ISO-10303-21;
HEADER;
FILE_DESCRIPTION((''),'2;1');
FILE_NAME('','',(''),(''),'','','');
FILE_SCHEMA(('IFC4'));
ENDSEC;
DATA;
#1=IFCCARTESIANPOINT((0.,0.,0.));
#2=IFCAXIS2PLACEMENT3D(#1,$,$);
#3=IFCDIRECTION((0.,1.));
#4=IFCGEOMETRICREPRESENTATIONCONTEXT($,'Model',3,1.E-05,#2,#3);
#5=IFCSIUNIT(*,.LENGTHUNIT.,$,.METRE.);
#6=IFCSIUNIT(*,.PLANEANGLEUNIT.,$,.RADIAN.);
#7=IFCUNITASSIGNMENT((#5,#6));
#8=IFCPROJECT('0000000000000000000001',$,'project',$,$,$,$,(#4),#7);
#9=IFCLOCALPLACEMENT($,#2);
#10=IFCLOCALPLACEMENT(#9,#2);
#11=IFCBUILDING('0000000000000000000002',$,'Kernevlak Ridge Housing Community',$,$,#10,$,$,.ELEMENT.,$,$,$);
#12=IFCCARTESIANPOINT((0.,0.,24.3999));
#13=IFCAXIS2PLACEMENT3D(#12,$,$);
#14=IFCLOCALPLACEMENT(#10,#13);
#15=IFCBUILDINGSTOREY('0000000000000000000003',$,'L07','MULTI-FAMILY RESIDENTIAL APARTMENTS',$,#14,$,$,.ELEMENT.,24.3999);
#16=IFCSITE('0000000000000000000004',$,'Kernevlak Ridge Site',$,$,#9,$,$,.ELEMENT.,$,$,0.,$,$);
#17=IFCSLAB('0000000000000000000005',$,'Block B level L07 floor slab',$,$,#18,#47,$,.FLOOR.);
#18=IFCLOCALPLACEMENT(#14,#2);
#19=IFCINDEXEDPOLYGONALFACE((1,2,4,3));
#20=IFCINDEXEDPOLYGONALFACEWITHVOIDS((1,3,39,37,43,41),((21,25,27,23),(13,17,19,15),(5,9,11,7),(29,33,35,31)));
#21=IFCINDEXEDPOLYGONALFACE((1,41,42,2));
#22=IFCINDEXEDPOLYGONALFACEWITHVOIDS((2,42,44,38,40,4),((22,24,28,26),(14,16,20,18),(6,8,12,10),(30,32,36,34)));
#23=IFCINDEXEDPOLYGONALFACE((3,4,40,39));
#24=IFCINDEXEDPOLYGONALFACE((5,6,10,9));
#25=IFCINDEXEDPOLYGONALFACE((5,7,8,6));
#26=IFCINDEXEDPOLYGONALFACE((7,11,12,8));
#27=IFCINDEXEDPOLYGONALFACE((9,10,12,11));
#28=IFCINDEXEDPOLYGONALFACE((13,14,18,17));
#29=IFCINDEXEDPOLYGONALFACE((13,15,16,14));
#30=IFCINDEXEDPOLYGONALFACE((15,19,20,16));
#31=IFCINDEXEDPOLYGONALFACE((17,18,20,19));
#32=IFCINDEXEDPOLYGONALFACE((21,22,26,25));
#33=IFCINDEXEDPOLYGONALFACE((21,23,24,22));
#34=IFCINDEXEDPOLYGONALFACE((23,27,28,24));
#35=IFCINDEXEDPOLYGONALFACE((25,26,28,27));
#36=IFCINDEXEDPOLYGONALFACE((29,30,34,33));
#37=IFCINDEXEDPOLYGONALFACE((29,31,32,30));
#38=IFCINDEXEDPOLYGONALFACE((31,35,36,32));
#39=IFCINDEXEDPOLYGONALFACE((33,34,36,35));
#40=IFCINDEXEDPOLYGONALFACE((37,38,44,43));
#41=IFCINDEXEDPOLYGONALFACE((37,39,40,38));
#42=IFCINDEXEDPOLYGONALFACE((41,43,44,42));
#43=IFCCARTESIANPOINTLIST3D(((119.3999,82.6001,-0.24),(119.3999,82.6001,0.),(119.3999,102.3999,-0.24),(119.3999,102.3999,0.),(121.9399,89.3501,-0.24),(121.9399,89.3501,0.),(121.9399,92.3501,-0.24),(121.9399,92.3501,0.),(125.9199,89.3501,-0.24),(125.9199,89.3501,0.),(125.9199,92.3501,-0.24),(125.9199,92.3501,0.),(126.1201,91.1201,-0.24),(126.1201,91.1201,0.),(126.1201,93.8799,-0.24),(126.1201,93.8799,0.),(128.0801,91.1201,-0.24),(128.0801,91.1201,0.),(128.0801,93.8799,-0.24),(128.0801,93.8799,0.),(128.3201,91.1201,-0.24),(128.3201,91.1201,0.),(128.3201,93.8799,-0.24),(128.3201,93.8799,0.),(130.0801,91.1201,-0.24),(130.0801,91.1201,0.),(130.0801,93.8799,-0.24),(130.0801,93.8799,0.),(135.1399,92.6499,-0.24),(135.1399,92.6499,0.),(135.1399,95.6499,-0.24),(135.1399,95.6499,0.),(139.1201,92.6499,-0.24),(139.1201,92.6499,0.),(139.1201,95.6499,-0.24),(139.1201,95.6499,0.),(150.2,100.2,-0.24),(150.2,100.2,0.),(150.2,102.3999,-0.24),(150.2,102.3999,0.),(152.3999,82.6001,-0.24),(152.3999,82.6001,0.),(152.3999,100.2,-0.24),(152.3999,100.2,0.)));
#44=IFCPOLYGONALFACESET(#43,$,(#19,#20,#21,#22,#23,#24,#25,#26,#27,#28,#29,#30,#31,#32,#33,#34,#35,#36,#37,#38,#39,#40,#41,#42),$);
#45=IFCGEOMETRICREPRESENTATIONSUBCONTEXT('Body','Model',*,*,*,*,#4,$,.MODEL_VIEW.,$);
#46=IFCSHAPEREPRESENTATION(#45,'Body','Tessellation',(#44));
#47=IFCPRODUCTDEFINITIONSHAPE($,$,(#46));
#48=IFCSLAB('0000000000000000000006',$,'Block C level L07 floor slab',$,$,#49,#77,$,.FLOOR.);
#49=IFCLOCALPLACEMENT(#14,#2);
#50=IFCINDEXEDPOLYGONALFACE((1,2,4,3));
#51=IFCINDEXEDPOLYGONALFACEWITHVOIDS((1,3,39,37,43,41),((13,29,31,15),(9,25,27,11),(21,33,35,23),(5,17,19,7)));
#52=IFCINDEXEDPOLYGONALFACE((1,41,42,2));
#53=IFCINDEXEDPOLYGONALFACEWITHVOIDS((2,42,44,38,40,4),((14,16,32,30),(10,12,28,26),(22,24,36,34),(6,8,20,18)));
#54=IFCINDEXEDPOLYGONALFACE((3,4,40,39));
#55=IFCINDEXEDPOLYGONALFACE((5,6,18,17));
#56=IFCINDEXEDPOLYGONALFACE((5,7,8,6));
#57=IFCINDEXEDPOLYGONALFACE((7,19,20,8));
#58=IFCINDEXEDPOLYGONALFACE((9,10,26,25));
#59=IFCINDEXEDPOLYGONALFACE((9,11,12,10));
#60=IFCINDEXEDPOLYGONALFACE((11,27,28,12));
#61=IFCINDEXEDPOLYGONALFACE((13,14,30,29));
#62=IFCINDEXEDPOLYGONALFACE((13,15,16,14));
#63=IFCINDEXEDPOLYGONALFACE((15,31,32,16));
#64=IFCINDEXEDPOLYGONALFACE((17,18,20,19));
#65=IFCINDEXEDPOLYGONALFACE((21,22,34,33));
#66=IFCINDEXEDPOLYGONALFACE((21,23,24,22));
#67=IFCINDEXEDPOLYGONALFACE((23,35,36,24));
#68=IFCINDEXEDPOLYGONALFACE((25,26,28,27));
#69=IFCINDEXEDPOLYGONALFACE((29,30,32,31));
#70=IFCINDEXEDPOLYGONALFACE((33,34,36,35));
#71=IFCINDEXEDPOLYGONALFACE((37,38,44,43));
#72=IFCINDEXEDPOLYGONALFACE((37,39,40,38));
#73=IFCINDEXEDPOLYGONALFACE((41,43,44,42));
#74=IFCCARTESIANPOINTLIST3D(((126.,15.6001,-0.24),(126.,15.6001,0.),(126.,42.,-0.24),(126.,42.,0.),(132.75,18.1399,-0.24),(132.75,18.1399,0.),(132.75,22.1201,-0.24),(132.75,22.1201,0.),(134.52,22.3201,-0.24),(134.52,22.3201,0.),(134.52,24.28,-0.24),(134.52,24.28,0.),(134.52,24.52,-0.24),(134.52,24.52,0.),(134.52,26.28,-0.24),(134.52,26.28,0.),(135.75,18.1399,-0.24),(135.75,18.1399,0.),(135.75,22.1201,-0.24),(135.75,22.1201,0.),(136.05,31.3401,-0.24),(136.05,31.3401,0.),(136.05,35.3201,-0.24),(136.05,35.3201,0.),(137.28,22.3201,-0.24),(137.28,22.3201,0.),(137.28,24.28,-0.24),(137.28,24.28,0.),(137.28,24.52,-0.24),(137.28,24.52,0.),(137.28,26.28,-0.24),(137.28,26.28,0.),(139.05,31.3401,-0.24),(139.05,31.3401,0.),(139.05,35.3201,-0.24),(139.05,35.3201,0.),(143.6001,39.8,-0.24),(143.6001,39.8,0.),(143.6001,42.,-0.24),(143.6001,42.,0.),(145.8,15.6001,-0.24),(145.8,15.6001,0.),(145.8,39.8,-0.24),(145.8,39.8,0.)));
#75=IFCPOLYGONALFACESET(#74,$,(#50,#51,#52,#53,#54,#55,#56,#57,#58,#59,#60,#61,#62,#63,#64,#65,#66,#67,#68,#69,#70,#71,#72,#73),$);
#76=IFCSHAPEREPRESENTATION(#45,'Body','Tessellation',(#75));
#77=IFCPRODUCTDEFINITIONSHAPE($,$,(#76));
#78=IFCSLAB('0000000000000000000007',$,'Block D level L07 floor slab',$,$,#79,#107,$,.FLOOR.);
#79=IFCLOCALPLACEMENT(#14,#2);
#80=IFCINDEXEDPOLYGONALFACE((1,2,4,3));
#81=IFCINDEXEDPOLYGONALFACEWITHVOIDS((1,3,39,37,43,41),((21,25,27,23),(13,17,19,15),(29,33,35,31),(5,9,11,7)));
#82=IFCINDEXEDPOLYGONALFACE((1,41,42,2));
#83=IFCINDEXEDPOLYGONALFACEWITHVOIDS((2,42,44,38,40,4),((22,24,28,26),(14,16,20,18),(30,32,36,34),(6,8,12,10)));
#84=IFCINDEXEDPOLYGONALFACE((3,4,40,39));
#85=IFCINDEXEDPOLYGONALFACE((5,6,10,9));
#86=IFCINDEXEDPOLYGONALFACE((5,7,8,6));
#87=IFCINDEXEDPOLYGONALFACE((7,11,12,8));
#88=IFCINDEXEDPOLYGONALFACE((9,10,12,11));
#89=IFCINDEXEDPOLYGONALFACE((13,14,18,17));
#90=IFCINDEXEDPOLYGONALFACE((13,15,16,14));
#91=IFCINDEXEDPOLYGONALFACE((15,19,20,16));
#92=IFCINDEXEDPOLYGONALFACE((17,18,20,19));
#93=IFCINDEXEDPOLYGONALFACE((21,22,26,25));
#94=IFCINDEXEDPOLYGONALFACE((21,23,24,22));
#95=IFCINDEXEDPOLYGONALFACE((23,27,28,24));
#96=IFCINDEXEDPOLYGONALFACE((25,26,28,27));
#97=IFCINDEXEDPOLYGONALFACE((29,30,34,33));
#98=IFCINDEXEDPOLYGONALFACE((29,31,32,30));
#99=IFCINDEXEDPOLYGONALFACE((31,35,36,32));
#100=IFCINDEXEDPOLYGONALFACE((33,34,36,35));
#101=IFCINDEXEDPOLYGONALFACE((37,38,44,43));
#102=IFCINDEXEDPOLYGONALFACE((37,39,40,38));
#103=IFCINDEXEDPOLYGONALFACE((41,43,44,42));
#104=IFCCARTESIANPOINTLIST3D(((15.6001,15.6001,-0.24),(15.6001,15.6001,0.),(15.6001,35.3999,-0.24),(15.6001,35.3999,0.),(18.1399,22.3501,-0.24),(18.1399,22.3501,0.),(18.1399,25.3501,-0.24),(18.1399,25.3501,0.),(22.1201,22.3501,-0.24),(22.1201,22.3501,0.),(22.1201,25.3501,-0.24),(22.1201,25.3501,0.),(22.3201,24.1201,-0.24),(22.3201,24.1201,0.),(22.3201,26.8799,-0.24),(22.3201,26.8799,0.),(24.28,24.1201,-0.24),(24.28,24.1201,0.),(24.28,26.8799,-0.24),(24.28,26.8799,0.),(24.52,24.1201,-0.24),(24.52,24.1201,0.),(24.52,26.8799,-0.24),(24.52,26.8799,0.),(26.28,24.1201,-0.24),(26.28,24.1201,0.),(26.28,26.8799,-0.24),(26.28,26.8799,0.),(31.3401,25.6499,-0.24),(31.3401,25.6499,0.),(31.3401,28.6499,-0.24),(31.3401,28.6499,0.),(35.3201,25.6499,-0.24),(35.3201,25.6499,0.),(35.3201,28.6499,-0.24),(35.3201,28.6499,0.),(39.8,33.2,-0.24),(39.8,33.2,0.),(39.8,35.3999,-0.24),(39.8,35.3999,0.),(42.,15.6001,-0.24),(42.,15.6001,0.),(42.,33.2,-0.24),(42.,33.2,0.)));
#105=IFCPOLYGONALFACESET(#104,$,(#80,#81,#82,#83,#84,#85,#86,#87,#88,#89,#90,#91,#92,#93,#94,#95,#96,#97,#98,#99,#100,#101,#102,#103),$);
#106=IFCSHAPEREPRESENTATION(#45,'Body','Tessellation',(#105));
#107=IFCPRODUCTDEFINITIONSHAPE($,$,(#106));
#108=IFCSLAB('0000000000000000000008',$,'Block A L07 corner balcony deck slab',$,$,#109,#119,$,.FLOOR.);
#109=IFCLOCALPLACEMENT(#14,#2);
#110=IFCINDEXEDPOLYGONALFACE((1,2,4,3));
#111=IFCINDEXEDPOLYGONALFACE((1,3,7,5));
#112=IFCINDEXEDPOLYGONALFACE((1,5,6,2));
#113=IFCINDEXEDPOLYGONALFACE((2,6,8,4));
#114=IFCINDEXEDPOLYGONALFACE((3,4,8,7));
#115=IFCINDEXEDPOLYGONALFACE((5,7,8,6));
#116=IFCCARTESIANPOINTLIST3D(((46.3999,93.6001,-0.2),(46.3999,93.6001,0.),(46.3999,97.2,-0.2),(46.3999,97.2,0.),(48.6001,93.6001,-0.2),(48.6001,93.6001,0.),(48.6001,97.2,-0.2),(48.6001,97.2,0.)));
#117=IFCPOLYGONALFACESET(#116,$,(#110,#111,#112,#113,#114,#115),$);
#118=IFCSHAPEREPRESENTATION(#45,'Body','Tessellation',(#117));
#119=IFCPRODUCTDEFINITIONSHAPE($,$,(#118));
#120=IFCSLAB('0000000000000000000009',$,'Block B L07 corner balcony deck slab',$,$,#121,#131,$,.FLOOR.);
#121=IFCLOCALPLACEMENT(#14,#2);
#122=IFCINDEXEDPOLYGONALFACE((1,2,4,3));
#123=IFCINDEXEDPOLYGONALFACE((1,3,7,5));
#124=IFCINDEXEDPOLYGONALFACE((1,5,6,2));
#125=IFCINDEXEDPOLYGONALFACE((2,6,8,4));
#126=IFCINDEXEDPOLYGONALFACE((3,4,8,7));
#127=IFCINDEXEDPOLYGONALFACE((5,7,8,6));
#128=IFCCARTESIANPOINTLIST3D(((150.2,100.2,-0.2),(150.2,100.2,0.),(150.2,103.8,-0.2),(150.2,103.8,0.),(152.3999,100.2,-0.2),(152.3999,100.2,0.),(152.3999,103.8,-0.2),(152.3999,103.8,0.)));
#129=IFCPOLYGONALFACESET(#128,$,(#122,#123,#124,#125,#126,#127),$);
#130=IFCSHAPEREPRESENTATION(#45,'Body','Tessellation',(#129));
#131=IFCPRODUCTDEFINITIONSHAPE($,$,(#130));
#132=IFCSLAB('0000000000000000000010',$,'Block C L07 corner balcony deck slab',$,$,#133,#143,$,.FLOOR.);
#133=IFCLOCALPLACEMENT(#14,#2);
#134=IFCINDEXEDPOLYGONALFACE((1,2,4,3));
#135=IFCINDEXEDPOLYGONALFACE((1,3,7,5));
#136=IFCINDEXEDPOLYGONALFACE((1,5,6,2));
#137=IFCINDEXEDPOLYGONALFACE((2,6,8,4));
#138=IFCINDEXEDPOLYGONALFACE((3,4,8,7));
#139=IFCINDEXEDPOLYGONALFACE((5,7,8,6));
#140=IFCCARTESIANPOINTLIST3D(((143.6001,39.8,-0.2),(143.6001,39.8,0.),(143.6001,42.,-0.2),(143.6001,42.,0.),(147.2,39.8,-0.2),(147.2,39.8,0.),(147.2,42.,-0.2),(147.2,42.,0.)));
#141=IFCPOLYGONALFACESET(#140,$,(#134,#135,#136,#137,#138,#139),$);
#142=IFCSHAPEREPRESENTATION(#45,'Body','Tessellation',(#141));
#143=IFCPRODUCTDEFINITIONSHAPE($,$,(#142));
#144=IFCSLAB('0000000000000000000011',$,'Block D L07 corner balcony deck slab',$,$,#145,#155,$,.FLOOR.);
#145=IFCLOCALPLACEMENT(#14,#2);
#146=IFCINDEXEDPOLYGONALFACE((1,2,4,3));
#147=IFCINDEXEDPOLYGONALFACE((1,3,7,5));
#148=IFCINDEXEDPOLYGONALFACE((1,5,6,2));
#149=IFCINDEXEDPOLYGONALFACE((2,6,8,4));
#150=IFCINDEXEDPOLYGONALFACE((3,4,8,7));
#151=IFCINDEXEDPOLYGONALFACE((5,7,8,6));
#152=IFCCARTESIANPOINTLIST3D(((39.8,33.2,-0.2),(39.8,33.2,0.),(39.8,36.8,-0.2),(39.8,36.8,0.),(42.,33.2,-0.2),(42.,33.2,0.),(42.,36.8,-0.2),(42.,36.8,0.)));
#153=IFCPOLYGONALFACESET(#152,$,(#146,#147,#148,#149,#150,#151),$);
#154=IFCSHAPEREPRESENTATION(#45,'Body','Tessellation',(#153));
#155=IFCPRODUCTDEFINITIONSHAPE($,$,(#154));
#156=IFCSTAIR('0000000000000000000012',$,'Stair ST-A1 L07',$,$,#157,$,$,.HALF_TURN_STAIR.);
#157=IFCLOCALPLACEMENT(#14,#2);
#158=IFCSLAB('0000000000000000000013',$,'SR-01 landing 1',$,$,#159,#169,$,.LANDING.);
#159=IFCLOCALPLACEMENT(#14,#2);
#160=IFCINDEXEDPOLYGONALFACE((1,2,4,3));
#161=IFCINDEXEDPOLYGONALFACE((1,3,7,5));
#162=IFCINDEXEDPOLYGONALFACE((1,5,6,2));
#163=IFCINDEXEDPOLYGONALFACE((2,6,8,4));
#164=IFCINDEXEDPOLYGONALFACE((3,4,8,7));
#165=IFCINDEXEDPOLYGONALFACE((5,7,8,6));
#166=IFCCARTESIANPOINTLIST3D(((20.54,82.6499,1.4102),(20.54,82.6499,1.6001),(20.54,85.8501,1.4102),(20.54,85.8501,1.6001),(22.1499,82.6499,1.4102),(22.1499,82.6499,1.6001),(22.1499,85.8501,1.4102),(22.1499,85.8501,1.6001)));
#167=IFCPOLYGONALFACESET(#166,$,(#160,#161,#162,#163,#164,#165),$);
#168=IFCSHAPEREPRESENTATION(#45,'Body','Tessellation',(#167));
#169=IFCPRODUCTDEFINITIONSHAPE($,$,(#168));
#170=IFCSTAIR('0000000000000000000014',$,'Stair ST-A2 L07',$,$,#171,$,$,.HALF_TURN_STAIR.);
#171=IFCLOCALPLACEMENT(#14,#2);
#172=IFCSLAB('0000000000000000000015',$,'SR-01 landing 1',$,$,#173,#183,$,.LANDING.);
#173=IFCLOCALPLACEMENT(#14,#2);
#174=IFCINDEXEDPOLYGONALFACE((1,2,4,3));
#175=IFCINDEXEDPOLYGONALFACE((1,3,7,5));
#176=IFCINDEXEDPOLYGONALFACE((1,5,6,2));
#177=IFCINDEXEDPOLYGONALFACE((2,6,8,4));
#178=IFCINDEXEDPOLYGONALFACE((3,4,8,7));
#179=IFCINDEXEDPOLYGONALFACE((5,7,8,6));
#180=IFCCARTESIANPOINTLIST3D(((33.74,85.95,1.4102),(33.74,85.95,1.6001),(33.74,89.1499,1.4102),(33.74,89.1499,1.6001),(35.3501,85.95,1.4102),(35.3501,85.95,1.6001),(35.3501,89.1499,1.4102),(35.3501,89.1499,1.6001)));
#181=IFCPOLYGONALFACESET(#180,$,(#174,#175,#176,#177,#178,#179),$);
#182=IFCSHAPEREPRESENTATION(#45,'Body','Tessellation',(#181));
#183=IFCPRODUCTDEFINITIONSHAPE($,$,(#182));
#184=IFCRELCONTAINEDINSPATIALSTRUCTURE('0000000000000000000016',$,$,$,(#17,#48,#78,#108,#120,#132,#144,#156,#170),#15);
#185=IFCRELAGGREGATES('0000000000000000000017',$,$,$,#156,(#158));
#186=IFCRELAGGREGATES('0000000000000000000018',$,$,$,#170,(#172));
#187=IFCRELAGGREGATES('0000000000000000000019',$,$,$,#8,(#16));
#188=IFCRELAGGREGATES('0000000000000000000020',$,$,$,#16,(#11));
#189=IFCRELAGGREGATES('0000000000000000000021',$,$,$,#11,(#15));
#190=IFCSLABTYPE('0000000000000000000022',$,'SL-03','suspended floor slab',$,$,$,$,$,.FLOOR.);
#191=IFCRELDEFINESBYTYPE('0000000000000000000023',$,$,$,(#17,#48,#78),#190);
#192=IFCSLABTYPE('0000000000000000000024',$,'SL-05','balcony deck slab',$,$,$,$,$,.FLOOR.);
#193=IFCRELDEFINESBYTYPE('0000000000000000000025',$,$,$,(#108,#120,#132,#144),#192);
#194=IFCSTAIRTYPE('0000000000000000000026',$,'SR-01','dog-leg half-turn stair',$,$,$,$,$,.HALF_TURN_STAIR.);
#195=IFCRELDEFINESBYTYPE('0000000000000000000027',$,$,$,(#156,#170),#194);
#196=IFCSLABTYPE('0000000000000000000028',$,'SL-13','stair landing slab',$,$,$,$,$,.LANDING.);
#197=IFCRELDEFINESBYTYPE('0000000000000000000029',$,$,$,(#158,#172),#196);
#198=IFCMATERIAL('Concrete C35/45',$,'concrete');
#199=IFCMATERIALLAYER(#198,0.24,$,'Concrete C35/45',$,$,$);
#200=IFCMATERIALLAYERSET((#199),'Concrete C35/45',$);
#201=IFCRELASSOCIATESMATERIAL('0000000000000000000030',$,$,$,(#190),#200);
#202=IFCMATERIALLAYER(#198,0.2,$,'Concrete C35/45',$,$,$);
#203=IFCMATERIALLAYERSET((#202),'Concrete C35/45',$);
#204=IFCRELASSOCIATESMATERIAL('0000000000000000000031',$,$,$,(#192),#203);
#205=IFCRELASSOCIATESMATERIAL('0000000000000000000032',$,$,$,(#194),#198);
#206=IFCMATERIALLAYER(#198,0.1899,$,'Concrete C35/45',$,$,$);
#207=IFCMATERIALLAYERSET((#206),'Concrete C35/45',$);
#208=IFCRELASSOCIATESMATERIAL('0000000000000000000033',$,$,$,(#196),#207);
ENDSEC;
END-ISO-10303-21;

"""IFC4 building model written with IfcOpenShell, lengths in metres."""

from ifc_helpers import new_model, si_unit, direction, frame, origin, place, context, subcontext, project, spatial, polyline, outline, extrude, material, layer, layer_set, type_object, element, aggregate, save


model = new_model("IFC4")

# Units and contexts
model_context = context("Model", 3, precision=1e-05, world=origin(), true_north=direction((0.0, 1.0)))
body_context = subcontext(model_context, "Body", "Model", "MODEL_VIEW")
ifc_project = project(units=[si_unit("LENGTHUNIT", "METRE"), si_unit("PLANEANGLEUNIT", "RADIAN")], contexts=[model_context])

# Site, building, storey
site_placement = place(None, origin())
site = spatial("IfcSite", under=ifc_project, at=site_placement, Name="Kernevlak Ridge Site", CompositionType="ELEMENT", RefElevation=0.0)
building_placement = place(site_placement, origin())
building = spatial("IfcBuilding", under=site, at=building_placement, Name="Kernevlak Ridge Housing Community", CompositionType="ELEMENT")
storey_placement = place(building_placement, frame((0.0, 0.0, 24.3999)))
storey = spatial("IfcBuildingStorey", under=building, at=storey_placement, Name="L07", Description="MULTI-FAMILY RESIDENTIAL APARTMENTS", CompositionType="ELEMENT", Elevation=24.3999)

# Shared definitions
ifc_material_1 = material(Name="Concrete C35/45", Category="concrete")

# Slabs
ifc_layer_1 = layer(ifc_material_1, 0.24, Name="Concrete C35/45")
ifc_layer_set_1 = layer_set([ifc_layer_1], Name="Concrete C35/45")
slab_type_1 = type_object("IfcSlabType", Name="SL-03", Description="suspended floor slab", PredefinedType="FLOOR", material=ifc_layer_set_1)
slab_1_placement = place(storey_placement, frame((0.0, 0.0, -0.24)))
element("IfcSlab", 1, at=slab_1_placement, inside=storey, type_object=slab_type_1, Name="Block B level L07 floor slab", PredefinedType="FLOOR", context=body_context, shape_type="SweptSolid", body=[
    extrude(outline(polyline([(119.3999, 82.6001), (152.3999, 82.6001), (152.3999, 100.2), (150.2, 100.2), (150.2, 102.3999), (119.3999, 102.3999), (119.3999, 82.6001)]), holes=[polyline([(121.9399, 92.3501), (125.9199, 92.3501), (125.9199, 89.3501), (121.9399, 89.3501), (121.9399, 92.3501)]), polyline([(135.1399, 95.6499), (139.1201, 95.6499), (139.1201, 92.6499), (135.1399, 92.6499), (135.1399, 95.6499)]), polyline([(126.1201, 93.8799), (128.0801, 93.8799), (128.0801, 91.1201), (126.1201, 91.1201), (126.1201, 93.8799)]), polyline([(128.3201, 93.8799), (130.0801, 93.8799), (130.0801, 91.1201), (128.3201, 91.1201), (128.3201, 93.8799)])]), origin(), (0.0, 0.0, 1.0), 0.24),
])
slab_2_placement = place(storey_placement, frame((0.0, 0.0, -0.24)))
element("IfcSlab", 2, at=slab_2_placement, inside=storey, type_object=slab_type_1, Name="Block C level L07 floor slab", PredefinedType="FLOOR", context=body_context, shape_type="SweptSolid", body=[
    extrude(outline(polyline([(145.8, 15.6001), (145.8, 39.8), (143.6001, 39.8), (143.6001, 42.0), (126.0, 42.0), (126.0, 15.6001), (145.8, 15.6001)]), holes=[polyline([(132.75, 18.1399), (132.75, 22.1201), (135.75, 22.1201), (135.75, 18.1399), (132.75, 18.1399)]), polyline([(136.05, 31.3401), (136.05, 35.3201), (139.05, 35.3201), (139.05, 31.3401), (136.05, 31.3401)]), polyline([(134.52, 24.28), (137.28, 24.28), (137.28, 22.3201), (134.52, 22.3201), (134.52, 24.28)]), polyline([(134.52, 26.28), (137.28, 26.28), (137.28, 24.52), (134.52, 24.52), (134.52, 26.28)])]), origin(), (0.0, 0.0, 1.0), 0.24),
])
slab_3_placement = place(storey_placement, frame((0.0, 0.0, -0.24)))
element("IfcSlab", 3, at=slab_3_placement, inside=storey, type_object=slab_type_1, Name="Block D level L07 floor slab", PredefinedType="FLOOR", context=body_context, shape_type="SweptSolid", body=[
    extrude(outline(polyline([(15.6001, 15.6001), (42.0, 15.6001), (42.0, 33.2), (39.8, 33.2), (39.8, 35.3999), (15.6001, 35.3999), (15.6001, 15.6001)]), holes=[polyline([(18.1399, 25.3501), (22.1201, 25.3501), (22.1201, 22.3501), (18.1399, 22.3501), (18.1399, 25.3501)]), polyline([(31.3401, 28.6499), (35.3201, 28.6499), (35.3201, 25.6499), (31.3401, 25.6499), (31.3401, 28.6499)]), polyline([(22.3201, 26.8799), (24.28, 26.8799), (24.28, 24.1201), (22.3201, 24.1201), (22.3201, 26.8799)]), polyline([(24.52, 26.8799), (26.28, 26.8799), (26.28, 24.1201), (24.52, 24.1201), (24.52, 26.8799)])]), origin(), (0.0, 0.0, 1.0), 0.24),
])
ifc_layer_2 = layer(ifc_material_1, 0.2, Name="Concrete C35/45")
ifc_layer_set_2 = layer_set([ifc_layer_2], Name="Concrete C35/45")
slab_type_2 = type_object("IfcSlabType", Name="SL-05", Description="balcony deck slab", PredefinedType="FLOOR", material=ifc_layer_set_2)
slab_4_placement = place(storey_placement, frame((0.0, 0.0, -0.2)))
element("IfcSlab", 4, at=slab_4_placement, inside=storey, type_object=slab_type_2, Name="Block A L07 corner balcony deck slab", PredefinedType="FLOOR", context=body_context, shape_type="SweptSolid", body=[
    extrude(outline(polyline([(46.3999, 93.6001), (48.6001, 93.6001), (48.6001, 97.2), (46.3999, 97.2), (46.3999, 93.6001)])), origin(), (0.0, 0.0, 1.0), 0.2),
])
slab_5_placement = place(storey_placement, frame((0.0, 0.0, -0.2)))
element("IfcSlab", 5, at=slab_5_placement, inside=storey, type_object=slab_type_2, Name="Block B L07 corner balcony deck slab", PredefinedType="FLOOR", context=body_context, shape_type="SweptSolid", body=[
    extrude(outline(polyline([(150.2, 100.2), (152.3999, 100.2), (152.3999, 103.8), (150.2, 103.8), (150.2, 100.2)])), origin(), (0.0, 0.0, 1.0), 0.2),
])
slab_6_placement = place(storey_placement, frame((0.0, 0.0, -0.2)))
element("IfcSlab", 6, at=slab_6_placement, inside=storey, type_object=slab_type_2, Name="Block C L07 corner balcony deck slab", PredefinedType="FLOOR", context=body_context, shape_type="SweptSolid", body=[
    extrude(outline(polyline([(147.2, 39.8), (147.2, 42.0), (143.6001, 42.0), (143.6001, 39.8), (147.2, 39.8)])), origin(), (0.0, 0.0, 1.0), 0.2),
])
slab_7_placement = place(storey_placement, frame((0.0, 0.0, -0.2)))
element("IfcSlab", 7, at=slab_7_placement, inside=storey, type_object=slab_type_2, Name="Block D L07 corner balcony deck slab", PredefinedType="FLOOR", context=body_context, shape_type="SweptSolid", body=[
    extrude(outline(polyline([(39.8, 33.2), (42.0, 33.2), (42.0, 36.8), (39.8, 36.8), (39.8, 33.2)])), origin(), (0.0, 0.0, 1.0), 0.2),
])

# Stairs, slabs
stair_type = type_object("IfcStairType", Name="SR-01", Description="dog-leg half-turn stair", PredefinedType="HALF_TURN_STAIR", material=ifc_material_1)
stair_1_placement = place(storey_placement, origin())
stair_1 = element("IfcStair", 8, at=stair_1_placement, inside=storey, type_object=stair_type, Name="Stair ST-A1 L07", PredefinedType="HALF_TURN_STAIR")
ifc_layer_3 = layer(ifc_material_1, 0.1899, Name="Concrete C35/45")
ifc_layer_set_3 = layer_set([ifc_layer_3], Name="Concrete C35/45")
slab_type_3 = type_object("IfcSlabType", Name="SL-13", Description="stair landing slab", PredefinedType="LANDING", material=ifc_layer_set_3)
slab_8_placement = place(storey_placement, frame((0.0, 0.0, 1.4102)))
slab_8 = element("IfcSlab", 9, at=slab_8_placement, type_object=slab_type_3, Name="SR-01 landing 1", PredefinedType="LANDING", context=body_context, shape_type="SweptSolid", body=[
    extrude(outline(polyline([(20.54, 82.6499), (22.1499, 82.6499), (22.1499, 85.8501), (20.54, 85.8501), (20.54, 82.6499)])), origin(), (0.0, 0.0, 1.0), 0.1899),
])
aggregate(stair_1, [slab_8])
stair_2_placement = place(storey_placement, origin())
stair_2 = element("IfcStair", 10, at=stair_2_placement, inside=storey, type_object=stair_type, Name="Stair ST-A2 L07", PredefinedType="HALF_TURN_STAIR")
slab_9_placement = place(storey_placement, frame((0.0, 0.0, 1.4102)))
slab_9 = element("IfcSlab", 11, at=slab_9_placement, type_object=slab_type_3, Name="SR-01 landing 1", PredefinedType="LANDING", context=body_context, shape_type="SweptSolid", body=[
    extrude(outline(polyline([(33.74, 85.95), (35.3501, 85.95), (35.3501, 89.1499), (33.74, 89.1499), (33.74, 85.95)])), origin(), (0.0, 0.0, 1.0), 0.1899),
])
aggregate(stair_2, [slab_9])

save(model, "model.ifc")
